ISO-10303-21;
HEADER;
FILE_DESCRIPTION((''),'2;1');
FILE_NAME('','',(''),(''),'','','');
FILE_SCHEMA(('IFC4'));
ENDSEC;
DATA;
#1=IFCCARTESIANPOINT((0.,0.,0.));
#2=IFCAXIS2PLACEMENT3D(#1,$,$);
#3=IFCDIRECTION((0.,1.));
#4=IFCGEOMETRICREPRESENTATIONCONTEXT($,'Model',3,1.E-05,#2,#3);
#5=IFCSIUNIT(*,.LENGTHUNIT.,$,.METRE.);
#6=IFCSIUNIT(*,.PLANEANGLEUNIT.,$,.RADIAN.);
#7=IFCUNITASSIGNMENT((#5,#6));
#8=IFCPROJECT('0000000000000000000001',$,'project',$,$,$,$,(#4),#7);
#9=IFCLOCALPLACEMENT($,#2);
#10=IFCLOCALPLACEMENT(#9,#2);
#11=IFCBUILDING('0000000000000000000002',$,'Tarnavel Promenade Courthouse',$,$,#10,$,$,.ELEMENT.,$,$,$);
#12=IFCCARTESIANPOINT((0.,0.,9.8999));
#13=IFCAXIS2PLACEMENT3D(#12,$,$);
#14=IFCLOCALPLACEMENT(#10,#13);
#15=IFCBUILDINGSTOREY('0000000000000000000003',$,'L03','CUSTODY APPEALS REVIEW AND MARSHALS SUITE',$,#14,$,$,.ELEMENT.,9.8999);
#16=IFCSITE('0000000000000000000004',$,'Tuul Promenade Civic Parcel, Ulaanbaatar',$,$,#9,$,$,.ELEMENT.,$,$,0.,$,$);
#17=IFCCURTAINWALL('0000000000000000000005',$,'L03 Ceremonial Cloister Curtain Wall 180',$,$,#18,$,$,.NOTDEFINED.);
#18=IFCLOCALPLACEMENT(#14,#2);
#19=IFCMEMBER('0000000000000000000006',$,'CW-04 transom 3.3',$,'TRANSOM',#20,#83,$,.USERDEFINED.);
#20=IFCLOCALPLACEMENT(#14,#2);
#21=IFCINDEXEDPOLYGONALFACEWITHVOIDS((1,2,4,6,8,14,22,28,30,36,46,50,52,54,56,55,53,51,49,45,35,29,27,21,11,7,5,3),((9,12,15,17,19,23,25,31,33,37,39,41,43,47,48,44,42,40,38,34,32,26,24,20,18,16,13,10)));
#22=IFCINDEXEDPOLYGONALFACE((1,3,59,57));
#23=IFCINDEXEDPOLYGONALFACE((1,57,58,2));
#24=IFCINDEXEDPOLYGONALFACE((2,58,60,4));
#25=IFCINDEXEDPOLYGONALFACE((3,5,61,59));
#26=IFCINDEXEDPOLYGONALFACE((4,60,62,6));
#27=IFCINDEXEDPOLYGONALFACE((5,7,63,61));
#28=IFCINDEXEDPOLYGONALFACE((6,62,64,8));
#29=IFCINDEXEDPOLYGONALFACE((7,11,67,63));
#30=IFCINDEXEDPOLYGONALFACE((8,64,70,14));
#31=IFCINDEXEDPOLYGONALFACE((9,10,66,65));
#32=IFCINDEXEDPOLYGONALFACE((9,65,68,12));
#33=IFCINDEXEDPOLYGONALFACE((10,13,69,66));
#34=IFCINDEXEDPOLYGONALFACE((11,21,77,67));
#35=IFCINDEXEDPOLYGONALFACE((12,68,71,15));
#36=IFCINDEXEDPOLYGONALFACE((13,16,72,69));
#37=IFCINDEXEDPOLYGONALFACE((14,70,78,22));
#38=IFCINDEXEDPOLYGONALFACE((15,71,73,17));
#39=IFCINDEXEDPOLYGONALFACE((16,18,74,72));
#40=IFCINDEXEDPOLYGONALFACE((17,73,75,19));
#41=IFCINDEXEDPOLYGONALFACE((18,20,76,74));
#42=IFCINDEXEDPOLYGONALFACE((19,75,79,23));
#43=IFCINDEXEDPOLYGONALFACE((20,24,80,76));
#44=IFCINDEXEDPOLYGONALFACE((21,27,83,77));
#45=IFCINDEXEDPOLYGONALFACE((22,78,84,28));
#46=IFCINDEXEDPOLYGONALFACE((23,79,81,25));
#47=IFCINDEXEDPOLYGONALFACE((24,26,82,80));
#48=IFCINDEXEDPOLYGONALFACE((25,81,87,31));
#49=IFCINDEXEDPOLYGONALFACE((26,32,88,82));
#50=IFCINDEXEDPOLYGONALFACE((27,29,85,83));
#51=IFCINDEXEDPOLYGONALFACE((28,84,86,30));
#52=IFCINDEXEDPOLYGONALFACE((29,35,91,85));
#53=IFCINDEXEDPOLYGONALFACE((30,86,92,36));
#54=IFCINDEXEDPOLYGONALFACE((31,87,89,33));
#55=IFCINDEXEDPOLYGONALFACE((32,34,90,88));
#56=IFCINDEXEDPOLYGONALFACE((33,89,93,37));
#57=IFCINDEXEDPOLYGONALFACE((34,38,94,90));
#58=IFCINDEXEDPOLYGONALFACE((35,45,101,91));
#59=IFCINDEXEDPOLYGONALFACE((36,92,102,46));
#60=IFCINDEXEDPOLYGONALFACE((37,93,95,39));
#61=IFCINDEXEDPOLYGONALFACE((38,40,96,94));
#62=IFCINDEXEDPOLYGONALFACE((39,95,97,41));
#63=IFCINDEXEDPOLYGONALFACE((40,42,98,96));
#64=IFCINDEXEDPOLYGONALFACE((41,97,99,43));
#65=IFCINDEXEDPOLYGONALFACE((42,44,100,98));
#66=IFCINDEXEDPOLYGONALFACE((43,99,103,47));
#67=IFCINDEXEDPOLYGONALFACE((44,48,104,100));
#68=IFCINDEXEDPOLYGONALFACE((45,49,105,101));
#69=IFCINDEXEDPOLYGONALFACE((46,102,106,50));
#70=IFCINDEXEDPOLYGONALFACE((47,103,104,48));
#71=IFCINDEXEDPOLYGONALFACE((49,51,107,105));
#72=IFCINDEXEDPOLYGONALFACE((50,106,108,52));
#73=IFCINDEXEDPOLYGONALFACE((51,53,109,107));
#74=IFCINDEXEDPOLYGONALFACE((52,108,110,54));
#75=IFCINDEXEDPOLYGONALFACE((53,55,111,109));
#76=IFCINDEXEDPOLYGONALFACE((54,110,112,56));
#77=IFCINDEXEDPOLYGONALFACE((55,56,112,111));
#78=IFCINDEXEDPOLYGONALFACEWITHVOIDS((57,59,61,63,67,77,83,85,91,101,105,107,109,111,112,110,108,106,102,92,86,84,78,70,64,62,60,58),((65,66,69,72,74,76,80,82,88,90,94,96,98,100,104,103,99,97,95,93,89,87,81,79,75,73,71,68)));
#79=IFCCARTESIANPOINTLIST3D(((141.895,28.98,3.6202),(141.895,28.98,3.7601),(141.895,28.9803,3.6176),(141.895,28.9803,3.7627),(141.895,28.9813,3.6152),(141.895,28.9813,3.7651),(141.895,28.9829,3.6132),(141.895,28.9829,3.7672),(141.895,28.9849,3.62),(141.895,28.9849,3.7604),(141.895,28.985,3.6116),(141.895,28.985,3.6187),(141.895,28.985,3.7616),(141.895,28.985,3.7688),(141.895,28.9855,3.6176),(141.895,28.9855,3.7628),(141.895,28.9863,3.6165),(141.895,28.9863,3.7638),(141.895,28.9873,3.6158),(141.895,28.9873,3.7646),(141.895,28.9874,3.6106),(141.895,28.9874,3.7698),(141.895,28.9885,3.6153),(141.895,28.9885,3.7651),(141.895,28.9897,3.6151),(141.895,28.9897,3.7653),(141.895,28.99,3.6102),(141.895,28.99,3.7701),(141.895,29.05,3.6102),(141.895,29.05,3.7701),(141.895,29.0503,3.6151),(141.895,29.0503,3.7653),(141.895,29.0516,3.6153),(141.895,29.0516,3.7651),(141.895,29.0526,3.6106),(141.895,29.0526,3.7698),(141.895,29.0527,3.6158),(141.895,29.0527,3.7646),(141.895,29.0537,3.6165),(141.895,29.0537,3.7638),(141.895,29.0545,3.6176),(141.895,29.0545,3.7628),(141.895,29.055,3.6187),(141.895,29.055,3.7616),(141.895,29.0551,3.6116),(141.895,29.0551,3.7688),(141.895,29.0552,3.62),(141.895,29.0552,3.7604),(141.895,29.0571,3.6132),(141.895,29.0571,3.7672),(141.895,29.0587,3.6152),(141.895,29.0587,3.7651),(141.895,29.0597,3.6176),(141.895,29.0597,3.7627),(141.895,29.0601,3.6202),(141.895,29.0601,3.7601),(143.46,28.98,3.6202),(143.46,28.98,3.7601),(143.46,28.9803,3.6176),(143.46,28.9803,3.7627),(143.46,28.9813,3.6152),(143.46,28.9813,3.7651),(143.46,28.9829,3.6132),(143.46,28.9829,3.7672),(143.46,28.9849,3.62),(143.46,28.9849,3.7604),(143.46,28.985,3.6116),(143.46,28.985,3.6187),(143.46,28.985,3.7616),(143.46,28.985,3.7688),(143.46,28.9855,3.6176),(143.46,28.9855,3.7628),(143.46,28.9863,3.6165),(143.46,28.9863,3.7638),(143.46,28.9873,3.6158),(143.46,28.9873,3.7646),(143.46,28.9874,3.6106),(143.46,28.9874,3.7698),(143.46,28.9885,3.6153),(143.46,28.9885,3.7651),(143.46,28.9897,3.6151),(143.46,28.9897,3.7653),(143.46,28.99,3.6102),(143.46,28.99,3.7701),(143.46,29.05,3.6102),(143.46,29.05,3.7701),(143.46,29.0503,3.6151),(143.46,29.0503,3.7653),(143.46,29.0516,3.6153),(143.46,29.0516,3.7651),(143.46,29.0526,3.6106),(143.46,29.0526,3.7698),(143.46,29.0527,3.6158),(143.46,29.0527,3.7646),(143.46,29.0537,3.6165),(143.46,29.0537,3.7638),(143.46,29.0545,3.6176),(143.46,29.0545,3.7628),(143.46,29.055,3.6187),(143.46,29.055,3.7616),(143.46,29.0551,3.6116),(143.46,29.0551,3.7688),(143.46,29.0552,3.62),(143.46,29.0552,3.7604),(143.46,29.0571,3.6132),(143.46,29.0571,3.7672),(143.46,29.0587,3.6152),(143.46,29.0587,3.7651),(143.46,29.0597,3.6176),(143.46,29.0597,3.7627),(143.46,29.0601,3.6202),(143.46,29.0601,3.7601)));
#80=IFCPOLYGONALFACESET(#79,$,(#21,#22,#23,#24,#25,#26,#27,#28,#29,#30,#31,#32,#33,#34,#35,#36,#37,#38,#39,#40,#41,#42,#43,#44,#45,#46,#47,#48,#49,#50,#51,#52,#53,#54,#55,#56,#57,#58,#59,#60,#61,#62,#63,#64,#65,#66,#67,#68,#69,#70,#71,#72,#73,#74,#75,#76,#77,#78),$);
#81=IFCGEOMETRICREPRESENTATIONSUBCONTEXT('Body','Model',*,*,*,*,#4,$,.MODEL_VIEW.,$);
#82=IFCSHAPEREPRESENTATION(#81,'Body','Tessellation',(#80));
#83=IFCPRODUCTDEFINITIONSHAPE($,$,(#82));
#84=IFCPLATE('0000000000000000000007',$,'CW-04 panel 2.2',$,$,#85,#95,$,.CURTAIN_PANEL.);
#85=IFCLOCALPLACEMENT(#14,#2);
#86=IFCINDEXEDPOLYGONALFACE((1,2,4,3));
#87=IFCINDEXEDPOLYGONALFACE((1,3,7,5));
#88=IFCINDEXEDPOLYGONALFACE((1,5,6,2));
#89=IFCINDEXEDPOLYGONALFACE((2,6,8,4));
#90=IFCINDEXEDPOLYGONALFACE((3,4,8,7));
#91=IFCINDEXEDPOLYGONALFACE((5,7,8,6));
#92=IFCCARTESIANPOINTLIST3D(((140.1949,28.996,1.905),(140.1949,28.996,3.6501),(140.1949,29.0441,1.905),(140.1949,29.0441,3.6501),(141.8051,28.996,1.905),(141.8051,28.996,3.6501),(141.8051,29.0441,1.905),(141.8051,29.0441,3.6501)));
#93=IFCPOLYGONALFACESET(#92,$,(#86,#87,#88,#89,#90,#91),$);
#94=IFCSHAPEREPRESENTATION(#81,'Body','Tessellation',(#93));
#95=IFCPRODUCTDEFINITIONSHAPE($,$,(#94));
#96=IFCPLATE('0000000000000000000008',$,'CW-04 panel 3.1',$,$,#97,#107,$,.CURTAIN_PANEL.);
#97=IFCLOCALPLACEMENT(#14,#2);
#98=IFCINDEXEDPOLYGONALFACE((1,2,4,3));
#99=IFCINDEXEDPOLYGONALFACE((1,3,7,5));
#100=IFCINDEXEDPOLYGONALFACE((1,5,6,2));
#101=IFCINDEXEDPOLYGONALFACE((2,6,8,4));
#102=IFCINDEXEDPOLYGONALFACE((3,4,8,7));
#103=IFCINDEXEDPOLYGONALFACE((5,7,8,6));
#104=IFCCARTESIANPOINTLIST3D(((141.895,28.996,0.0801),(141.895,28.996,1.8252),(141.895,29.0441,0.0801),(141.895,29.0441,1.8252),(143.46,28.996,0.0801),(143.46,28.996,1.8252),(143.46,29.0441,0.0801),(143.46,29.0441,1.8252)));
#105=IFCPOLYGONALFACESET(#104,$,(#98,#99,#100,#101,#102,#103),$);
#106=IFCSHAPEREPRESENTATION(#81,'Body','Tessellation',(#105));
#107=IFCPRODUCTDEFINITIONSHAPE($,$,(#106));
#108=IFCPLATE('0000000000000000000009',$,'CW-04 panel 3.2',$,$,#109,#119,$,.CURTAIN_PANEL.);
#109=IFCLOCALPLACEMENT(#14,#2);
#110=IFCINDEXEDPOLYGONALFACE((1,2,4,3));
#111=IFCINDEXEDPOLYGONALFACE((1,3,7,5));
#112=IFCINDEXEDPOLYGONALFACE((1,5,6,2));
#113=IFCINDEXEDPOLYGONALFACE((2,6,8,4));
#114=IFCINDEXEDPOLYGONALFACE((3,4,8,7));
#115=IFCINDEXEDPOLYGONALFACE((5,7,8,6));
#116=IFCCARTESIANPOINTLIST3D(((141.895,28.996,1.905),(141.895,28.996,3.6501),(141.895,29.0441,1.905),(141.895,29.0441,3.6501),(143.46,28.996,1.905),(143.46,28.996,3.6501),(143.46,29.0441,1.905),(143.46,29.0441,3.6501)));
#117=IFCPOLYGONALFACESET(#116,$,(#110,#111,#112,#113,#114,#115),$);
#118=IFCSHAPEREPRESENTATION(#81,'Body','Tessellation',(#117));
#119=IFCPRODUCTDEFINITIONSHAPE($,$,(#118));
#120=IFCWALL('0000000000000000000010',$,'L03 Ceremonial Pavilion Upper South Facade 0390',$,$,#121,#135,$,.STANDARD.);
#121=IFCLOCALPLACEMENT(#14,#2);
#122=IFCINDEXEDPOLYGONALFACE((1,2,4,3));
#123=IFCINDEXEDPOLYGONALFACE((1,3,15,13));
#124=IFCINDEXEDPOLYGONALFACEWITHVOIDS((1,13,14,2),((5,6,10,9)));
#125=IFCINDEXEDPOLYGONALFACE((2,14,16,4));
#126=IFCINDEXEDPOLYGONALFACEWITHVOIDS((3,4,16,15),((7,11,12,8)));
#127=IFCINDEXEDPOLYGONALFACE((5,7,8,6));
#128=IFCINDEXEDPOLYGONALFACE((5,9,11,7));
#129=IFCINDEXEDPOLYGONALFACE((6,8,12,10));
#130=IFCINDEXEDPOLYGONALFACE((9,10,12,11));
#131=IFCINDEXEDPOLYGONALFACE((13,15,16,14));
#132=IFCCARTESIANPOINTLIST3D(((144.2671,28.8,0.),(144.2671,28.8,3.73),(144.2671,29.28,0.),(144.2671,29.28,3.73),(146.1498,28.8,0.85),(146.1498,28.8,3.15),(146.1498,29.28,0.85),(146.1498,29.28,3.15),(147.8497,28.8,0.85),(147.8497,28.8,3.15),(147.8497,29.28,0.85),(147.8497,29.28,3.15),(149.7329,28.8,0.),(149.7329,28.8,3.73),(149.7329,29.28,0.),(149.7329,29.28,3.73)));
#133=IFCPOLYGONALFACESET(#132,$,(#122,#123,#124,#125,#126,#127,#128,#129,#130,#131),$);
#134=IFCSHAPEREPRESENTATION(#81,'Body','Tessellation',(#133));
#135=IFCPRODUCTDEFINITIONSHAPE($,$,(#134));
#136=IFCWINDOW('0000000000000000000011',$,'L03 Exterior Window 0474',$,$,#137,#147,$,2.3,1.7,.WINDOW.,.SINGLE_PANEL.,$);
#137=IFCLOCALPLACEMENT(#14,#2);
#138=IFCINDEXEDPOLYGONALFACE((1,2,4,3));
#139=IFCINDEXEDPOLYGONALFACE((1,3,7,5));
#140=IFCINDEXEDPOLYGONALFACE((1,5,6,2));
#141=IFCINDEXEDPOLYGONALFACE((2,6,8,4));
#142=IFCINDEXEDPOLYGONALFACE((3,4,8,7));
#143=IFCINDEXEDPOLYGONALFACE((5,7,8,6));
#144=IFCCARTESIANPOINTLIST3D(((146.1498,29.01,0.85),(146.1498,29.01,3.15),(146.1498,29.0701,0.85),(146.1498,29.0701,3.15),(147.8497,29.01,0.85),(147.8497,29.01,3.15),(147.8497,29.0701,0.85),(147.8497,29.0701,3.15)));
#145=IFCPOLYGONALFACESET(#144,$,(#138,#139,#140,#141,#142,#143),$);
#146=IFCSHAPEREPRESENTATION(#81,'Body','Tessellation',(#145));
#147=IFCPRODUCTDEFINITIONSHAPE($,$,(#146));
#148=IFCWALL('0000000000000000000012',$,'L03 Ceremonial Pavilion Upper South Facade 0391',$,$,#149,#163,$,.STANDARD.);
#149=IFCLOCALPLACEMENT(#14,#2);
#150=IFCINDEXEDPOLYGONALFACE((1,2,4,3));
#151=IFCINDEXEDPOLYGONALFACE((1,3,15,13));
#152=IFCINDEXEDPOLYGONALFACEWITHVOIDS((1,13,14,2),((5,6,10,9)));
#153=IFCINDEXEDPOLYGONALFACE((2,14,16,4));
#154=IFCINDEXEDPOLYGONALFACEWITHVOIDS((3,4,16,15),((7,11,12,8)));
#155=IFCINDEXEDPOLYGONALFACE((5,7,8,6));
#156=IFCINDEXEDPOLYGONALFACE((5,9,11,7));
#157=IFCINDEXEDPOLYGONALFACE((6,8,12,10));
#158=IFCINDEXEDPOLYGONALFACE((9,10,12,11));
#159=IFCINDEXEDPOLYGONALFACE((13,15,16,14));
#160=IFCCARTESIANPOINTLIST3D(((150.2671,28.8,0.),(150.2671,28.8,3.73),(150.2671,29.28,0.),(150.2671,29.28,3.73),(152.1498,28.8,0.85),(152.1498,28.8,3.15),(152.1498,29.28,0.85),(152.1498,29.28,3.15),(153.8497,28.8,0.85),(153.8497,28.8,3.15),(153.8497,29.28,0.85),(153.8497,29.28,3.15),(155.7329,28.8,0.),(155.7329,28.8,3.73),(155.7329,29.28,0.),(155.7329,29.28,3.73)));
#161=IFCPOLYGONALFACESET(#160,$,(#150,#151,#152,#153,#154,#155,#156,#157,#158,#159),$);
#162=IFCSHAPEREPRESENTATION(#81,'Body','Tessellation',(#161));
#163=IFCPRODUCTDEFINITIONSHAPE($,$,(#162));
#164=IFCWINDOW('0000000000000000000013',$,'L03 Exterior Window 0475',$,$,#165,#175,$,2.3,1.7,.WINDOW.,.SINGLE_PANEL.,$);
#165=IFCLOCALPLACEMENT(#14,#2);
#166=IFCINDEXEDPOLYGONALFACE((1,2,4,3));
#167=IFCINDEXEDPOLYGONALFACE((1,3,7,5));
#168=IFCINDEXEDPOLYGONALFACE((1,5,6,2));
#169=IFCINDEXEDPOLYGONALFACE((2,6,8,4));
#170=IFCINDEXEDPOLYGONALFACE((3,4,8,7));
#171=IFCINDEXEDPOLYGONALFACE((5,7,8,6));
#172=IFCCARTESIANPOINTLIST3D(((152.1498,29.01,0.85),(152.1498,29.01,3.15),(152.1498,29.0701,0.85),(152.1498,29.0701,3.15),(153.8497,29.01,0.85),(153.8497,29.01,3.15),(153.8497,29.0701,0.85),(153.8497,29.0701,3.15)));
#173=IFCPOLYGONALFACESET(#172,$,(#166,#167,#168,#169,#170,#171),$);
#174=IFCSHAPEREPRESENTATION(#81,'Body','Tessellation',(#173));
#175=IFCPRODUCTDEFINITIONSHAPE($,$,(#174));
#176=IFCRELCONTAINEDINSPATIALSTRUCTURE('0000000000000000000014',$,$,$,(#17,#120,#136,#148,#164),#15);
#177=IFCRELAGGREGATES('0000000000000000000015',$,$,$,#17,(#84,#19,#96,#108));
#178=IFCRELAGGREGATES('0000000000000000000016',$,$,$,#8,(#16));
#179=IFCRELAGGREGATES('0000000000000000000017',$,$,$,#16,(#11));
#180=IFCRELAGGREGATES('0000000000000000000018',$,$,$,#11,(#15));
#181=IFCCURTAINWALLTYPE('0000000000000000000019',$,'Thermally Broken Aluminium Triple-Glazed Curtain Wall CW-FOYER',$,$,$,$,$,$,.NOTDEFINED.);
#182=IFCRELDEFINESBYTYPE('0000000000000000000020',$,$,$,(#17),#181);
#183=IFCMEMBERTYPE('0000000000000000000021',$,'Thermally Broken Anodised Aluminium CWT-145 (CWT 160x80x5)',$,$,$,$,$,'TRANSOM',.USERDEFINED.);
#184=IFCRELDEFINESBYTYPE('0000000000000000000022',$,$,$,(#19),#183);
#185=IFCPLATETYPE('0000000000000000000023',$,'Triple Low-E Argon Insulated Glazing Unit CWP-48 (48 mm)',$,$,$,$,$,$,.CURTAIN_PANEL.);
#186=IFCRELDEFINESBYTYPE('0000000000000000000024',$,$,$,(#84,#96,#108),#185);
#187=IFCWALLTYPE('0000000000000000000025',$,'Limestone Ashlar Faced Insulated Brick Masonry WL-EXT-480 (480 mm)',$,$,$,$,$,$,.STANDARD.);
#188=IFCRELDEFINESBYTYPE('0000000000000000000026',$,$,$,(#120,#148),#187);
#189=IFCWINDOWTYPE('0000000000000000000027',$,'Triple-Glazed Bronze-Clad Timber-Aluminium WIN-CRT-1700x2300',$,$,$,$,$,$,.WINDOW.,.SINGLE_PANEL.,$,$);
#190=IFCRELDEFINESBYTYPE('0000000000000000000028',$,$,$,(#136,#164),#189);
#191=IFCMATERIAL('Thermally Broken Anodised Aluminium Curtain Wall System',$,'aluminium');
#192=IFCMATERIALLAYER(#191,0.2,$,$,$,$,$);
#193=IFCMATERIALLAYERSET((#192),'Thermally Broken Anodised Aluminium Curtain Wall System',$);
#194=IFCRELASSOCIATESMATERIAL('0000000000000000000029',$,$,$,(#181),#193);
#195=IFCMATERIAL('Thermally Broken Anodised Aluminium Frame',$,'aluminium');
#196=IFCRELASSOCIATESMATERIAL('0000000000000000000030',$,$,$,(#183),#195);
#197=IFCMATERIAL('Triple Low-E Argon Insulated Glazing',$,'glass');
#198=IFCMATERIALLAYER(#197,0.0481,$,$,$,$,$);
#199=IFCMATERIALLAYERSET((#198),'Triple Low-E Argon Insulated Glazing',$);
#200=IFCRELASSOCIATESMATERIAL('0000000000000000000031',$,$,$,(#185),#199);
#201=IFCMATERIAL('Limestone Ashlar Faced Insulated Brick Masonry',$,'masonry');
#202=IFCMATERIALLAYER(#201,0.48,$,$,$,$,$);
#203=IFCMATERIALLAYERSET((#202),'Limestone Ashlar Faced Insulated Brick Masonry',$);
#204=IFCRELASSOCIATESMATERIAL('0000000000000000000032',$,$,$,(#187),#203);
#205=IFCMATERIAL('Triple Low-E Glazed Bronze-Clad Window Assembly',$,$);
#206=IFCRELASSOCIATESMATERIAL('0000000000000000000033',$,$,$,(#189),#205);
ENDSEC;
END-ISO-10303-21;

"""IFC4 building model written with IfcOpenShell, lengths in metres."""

from ifc_helpers import new_model, si_unit, direction, frame, frame_2d, origin, origin_2d, place, context, subcontext, project, spatial, rectangle, hollow_rectangle, extrude, material, layer, layer_set, material_profile, profile_set, type_object, element, fill, aggregate, save


model = new_model("IFC4")

# Units and contexts
model_context = context("Model", 3, precision=1e-05, world=origin(), true_north=direction((0.0, 1.0)))
body_context = subcontext(model_context, "Body", "Model", "MODEL_VIEW")
ifc_project = project(units=[si_unit("LENGTHUNIT", "METRE"), si_unit("PLANEANGLEUNIT", "RADIAN")], contexts=[model_context])

# Site, building, storey
site_placement = place(None, origin())
site = spatial("IfcSite", under=ifc_project, at=site_placement, Name="Tuul Promenade Civic Parcel, Ulaanbaatar", CompositionType="ELEMENT", RefElevation=0.0)
building_placement = place(site_placement, origin())
building = spatial("IfcBuilding", under=site, at=building_placement, Name="Tarnavel Promenade Courthouse", CompositionType="ELEMENT")
storey_placement = place(building_placement, frame((0.0, 0.0, 9.8999)))
storey = spatial("IfcBuildingStorey", under=building, at=storey_placement, Name="L03", Description="CUSTODY APPEALS REVIEW AND MARSHALS SUITE", CompositionType="ELEMENT", Elevation=9.8999)

# Curtain wall, member, plates
ifc_material_1 = material(Name="Thermally Broken Anodised Aluminium Curtain Wall System", Category="aluminium")
ifc_layer_1 = layer(ifc_material_1, 0.2)
ifc_layer_set_1 = layer_set([ifc_layer_1], Name="Thermally Broken Anodised Aluminium Curtain Wall System")
curtain_wall_type = type_object("IfcCurtainWallType", Name="Thermally Broken Aluminium Triple-Glazed Curtain Wall CW-FOYER", PredefinedType="NOTDEFINED", material=ifc_layer_set_1)
curtain_wall_placement = place(storey_placement, origin())
curtain_wall = element("IfcCurtainWall", 1, at=curtain_wall_placement, inside=storey, type_object=curtain_wall_type, Name="L03 Ceremonial Cloister Curtain Wall 180", PredefinedType="NOTDEFINED")
ifc_material_2 = material(Name="Thermally Broken Anodised Aluminium Frame", Category="aluminium")
ifc_material_profile_1 = material_profile(ifc_material_2, hollow_rectangle(XDim=0.0801, YDim=0.1599, WallThickness=0.0049, InnerFilletRadius=0.0049, OuterFilletRadius=0.01, at=origin_2d()), Name="CWT 160x80x5")
ifc_profile_set_1 = profile_set([ifc_material_profile_1], Name="Thermally Broken Anodised Aluminium Frame")
member_type_1 = type_object("IfcMemberType", Name="Thermally Broken Anodised Aluminium CWT-145 (CWT 160x80x5)", ElementType="TRANSOM", PredefinedType="USERDEFINED", material=ifc_profile_set_1)
member_1_placement = place(storey_placement, frame((141.895, 29.02, 3.6902), z_axis=(1.0, 0.0, 0.0), x_axis=(0.0, 1.0, 0.0)))
member_1 = element("IfcMember", 2, at=member_1_placement, type_object=member_type_1, Name="CW-04 transom 3.3", ObjectType="TRANSOM", PredefinedType="USERDEFINED", context=body_context, shape_type="SweptSolid", body=[
    extrude(hollow_rectangle(XDim=0.0801, YDim=0.1599, WallThickness=0.0049, InnerFilletRadius=0.0049, OuterFilletRadius=0.01, at=origin_2d()), origin(), (0.0, 0.0, 1.0), 1.5649),
])
ifc_material_3 = material(Name="Triple Low-E Argon Insulated Glazing", Category="glass")
ifc_layer_2 = layer(ifc_material_3, 0.0481)
ifc_layer_set_2 = layer_set([ifc_layer_2], Name="Triple Low-E Argon Insulated Glazing")
plate_type = type_object("IfcPlateType", Name="Triple Low-E Argon Insulated Glazing Unit CWP-48 (48 mm)", PredefinedType="CURTAIN_PANEL", material=ifc_layer_set_2)
plate_1_placement = place(storey_placement, frame((141.0, 29.02, 1.905), z_axis=(0.0, 0.0, 1.0), x_axis=(1.0, 0.0, 0.0)))
plate_1 = element("IfcPlate", 3, at=plate_1_placement, type_object=plate_type, Name="CW-04 panel 2.2", PredefinedType="CURTAIN_PANEL", context=body_context, shape_type="SweptSolid", body=[
    extrude(rectangle(XDim=1.6101, YDim=0.0481, at=origin_2d()), origin(), (0.0, 0.0, 1.0), 1.7451),
])
plate_2_placement = place(storey_placement, frame((142.6775, 29.02, 0.0801), z_axis=(0.0, 0.0, 1.0), x_axis=(1.0, 0.0, 0.0)))
plate_2 = element("IfcPlate", 4, at=plate_2_placement, type_object=plate_type, Name="CW-04 panel 3.1", PredefinedType="CURTAIN_PANEL", context=body_context, shape_type="SweptSolid", body=[
    extrude(rectangle(XDim=1.5649, YDim=0.0481, at=origin_2d()), origin(), (0.0, 0.0, 1.0), 1.7451),
])
plate_3_placement = place(storey_placement, frame((142.6775, 29.02, 1.905), z_axis=(0.0, 0.0, 1.0), x_axis=(1.0, 0.0, 0.0)))
plate_3 = element("IfcPlate", 5, at=plate_3_placement, type_object=plate_type, Name="CW-04 panel 3.2", PredefinedType="CURTAIN_PANEL", context=body_context, shape_type="SweptSolid", body=[
    extrude(rectangle(XDim=1.5649, YDim=0.0481, at=origin_2d()), origin(), (0.0, 0.0, 1.0), 1.7451),
])
aggregate(curtain_wall, [plate_1, member_1, plate_2, plate_3])

# Walls, openings, windows
ifc_material_4 = material(Name="Limestone Ashlar Faced Insulated Brick Masonry", Category="masonry")
ifc_layer_3 = layer(ifc_material_4, 0.48)
ifc_layer_set_3 = layer_set([ifc_layer_3], Name="Limestone Ashlar Faced Insulated Brick Masonry")
wall_type = type_object("IfcWallType", Name="Limestone Ashlar Faced Insulated Brick Masonry WL-EXT-480 (480 mm)", PredefinedType="STANDARD", material=ifc_layer_set_3)
wall_1_placement = place(storey_placement, frame((149.7329, 29.04, 0.0), z_axis=(0.0, 0.0, 1.0), x_axis=(-1.0, 0.0, 0.0)))
wall_1 = element("IfcWall", 6, at=wall_1_placement, inside=storey, type_object=wall_type, Name="L03 Ceremonial Pavilion Upper South Facade 0390", PredefinedType="STANDARD", context=body_context, shape_type="SweptSolid", body=[
    extrude(rectangle(XDim=5.4658, YDim=0.48, at=frame_2d((2.7329, 0.0))), origin(), (0.0, 0.0, 1.0), 3.73),
])
opening_1_placement = place(wall_1_placement, frame((1.8831, 0.0, 0.8501)))
opening_1 = element("IfcOpeningElement", 7, at=opening_1_placement, cuts=wall_1, PredefinedType="OPENING", context=body_context, shape_type="SweptSolid", body=[
    extrude(rectangle(XDim=1.7, YDim=2.3, at=frame_2d((0.8501, 1.1499))), frame((0.0, 0.25, 0.0), z_axis=(0.0, -1.0, 0.0), x_axis=(1.0, 0.0, 0.0)), (0.0, 0.0, 1.0), 0.5),
])
ifc_material_5 = material(Name="Triple Low-E Glazed Bronze-Clad Window Assembly")
window_type = type_object("IfcWindowType", Name="Triple-Glazed Bronze-Clad Timber-Aluminium WIN-CRT-1700x2300", PartitioningType="SINGLE_PANEL", PredefinedType="WINDOW", material=ifc_material_5)
window_1_placement = place(opening_1_placement, origin())
window_1 = element("IfcWindow", 8, at=window_1_placement, inside=storey, type_object=window_type, Name="L03 Exterior Window 0474", OverallHeight=2.3, OverallWidth=1.7, PartitioningType="SINGLE_PANEL", PredefinedType="WINDOW", context=body_context, shape_type="SweptSolid", body=[
    extrude(rectangle(XDim=1.7, YDim=2.3, at=frame_2d((0.8501, 1.1499))), frame((0.0, 0.03, 0.0), z_axis=(0.0, -1.0, 0.0), x_axis=(1.0, 0.0, 0.0)), (0.0, 0.0, 1.0), 0.0601),
])
fill(opening_1, window_1)
wall_2_placement = place(storey_placement, frame((155.7329, 29.04, 0.0), z_axis=(0.0, 0.0, 1.0), x_axis=(-1.0, 0.0, 0.0)))
wall_2 = element("IfcWall", 9, at=wall_2_placement, inside=storey, type_object=wall_type, Name="L03 Ceremonial Pavilion Upper South Facade 0391", PredefinedType="STANDARD", context=body_context, shape_type="SweptSolid", body=[
    extrude(rectangle(XDim=5.4658, YDim=0.48, at=frame_2d((2.7329, 0.0))), origin(), (0.0, 0.0, 1.0), 3.73),
])
opening_2_placement = place(wall_2_placement, frame((1.8831, 0.0, 0.8501)))
opening_2 = element("IfcOpeningElement", 10, at=opening_2_placement, cuts=wall_2, PredefinedType="OPENING", context=body_context, shape_type="SweptSolid", body=[
    extrude(rectangle(XDim=1.7, YDim=2.3, at=frame_2d((0.8501, 1.1499))), frame((0.0, 0.25, 0.0), z_axis=(0.0, -1.0, 0.0), x_axis=(1.0, 0.0, 0.0)), (0.0, 0.0, 1.0), 0.5),
])
window_2_placement = place(opening_2_placement, origin())
window_2 = element("IfcWindow", 11, at=window_2_placement, inside=storey, type_object=window_type, Name="L03 Exterior Window 0475", OverallHeight=2.3, OverallWidth=1.7, PartitioningType="SINGLE_PANEL", PredefinedType="WINDOW", context=body_context, shape_type="SweptSolid", body=[
    extrude(rectangle(XDim=1.7, YDim=2.3, at=frame_2d((0.8501, 1.1499))), frame((0.0, 0.03, 0.0), z_axis=(0.0, -1.0, 0.0), x_axis=(1.0, 0.0, 0.0)), (0.0, 0.0, 1.0), 0.0601),
])
fill(opening_2, window_2)

save(model, "model.ifc")
